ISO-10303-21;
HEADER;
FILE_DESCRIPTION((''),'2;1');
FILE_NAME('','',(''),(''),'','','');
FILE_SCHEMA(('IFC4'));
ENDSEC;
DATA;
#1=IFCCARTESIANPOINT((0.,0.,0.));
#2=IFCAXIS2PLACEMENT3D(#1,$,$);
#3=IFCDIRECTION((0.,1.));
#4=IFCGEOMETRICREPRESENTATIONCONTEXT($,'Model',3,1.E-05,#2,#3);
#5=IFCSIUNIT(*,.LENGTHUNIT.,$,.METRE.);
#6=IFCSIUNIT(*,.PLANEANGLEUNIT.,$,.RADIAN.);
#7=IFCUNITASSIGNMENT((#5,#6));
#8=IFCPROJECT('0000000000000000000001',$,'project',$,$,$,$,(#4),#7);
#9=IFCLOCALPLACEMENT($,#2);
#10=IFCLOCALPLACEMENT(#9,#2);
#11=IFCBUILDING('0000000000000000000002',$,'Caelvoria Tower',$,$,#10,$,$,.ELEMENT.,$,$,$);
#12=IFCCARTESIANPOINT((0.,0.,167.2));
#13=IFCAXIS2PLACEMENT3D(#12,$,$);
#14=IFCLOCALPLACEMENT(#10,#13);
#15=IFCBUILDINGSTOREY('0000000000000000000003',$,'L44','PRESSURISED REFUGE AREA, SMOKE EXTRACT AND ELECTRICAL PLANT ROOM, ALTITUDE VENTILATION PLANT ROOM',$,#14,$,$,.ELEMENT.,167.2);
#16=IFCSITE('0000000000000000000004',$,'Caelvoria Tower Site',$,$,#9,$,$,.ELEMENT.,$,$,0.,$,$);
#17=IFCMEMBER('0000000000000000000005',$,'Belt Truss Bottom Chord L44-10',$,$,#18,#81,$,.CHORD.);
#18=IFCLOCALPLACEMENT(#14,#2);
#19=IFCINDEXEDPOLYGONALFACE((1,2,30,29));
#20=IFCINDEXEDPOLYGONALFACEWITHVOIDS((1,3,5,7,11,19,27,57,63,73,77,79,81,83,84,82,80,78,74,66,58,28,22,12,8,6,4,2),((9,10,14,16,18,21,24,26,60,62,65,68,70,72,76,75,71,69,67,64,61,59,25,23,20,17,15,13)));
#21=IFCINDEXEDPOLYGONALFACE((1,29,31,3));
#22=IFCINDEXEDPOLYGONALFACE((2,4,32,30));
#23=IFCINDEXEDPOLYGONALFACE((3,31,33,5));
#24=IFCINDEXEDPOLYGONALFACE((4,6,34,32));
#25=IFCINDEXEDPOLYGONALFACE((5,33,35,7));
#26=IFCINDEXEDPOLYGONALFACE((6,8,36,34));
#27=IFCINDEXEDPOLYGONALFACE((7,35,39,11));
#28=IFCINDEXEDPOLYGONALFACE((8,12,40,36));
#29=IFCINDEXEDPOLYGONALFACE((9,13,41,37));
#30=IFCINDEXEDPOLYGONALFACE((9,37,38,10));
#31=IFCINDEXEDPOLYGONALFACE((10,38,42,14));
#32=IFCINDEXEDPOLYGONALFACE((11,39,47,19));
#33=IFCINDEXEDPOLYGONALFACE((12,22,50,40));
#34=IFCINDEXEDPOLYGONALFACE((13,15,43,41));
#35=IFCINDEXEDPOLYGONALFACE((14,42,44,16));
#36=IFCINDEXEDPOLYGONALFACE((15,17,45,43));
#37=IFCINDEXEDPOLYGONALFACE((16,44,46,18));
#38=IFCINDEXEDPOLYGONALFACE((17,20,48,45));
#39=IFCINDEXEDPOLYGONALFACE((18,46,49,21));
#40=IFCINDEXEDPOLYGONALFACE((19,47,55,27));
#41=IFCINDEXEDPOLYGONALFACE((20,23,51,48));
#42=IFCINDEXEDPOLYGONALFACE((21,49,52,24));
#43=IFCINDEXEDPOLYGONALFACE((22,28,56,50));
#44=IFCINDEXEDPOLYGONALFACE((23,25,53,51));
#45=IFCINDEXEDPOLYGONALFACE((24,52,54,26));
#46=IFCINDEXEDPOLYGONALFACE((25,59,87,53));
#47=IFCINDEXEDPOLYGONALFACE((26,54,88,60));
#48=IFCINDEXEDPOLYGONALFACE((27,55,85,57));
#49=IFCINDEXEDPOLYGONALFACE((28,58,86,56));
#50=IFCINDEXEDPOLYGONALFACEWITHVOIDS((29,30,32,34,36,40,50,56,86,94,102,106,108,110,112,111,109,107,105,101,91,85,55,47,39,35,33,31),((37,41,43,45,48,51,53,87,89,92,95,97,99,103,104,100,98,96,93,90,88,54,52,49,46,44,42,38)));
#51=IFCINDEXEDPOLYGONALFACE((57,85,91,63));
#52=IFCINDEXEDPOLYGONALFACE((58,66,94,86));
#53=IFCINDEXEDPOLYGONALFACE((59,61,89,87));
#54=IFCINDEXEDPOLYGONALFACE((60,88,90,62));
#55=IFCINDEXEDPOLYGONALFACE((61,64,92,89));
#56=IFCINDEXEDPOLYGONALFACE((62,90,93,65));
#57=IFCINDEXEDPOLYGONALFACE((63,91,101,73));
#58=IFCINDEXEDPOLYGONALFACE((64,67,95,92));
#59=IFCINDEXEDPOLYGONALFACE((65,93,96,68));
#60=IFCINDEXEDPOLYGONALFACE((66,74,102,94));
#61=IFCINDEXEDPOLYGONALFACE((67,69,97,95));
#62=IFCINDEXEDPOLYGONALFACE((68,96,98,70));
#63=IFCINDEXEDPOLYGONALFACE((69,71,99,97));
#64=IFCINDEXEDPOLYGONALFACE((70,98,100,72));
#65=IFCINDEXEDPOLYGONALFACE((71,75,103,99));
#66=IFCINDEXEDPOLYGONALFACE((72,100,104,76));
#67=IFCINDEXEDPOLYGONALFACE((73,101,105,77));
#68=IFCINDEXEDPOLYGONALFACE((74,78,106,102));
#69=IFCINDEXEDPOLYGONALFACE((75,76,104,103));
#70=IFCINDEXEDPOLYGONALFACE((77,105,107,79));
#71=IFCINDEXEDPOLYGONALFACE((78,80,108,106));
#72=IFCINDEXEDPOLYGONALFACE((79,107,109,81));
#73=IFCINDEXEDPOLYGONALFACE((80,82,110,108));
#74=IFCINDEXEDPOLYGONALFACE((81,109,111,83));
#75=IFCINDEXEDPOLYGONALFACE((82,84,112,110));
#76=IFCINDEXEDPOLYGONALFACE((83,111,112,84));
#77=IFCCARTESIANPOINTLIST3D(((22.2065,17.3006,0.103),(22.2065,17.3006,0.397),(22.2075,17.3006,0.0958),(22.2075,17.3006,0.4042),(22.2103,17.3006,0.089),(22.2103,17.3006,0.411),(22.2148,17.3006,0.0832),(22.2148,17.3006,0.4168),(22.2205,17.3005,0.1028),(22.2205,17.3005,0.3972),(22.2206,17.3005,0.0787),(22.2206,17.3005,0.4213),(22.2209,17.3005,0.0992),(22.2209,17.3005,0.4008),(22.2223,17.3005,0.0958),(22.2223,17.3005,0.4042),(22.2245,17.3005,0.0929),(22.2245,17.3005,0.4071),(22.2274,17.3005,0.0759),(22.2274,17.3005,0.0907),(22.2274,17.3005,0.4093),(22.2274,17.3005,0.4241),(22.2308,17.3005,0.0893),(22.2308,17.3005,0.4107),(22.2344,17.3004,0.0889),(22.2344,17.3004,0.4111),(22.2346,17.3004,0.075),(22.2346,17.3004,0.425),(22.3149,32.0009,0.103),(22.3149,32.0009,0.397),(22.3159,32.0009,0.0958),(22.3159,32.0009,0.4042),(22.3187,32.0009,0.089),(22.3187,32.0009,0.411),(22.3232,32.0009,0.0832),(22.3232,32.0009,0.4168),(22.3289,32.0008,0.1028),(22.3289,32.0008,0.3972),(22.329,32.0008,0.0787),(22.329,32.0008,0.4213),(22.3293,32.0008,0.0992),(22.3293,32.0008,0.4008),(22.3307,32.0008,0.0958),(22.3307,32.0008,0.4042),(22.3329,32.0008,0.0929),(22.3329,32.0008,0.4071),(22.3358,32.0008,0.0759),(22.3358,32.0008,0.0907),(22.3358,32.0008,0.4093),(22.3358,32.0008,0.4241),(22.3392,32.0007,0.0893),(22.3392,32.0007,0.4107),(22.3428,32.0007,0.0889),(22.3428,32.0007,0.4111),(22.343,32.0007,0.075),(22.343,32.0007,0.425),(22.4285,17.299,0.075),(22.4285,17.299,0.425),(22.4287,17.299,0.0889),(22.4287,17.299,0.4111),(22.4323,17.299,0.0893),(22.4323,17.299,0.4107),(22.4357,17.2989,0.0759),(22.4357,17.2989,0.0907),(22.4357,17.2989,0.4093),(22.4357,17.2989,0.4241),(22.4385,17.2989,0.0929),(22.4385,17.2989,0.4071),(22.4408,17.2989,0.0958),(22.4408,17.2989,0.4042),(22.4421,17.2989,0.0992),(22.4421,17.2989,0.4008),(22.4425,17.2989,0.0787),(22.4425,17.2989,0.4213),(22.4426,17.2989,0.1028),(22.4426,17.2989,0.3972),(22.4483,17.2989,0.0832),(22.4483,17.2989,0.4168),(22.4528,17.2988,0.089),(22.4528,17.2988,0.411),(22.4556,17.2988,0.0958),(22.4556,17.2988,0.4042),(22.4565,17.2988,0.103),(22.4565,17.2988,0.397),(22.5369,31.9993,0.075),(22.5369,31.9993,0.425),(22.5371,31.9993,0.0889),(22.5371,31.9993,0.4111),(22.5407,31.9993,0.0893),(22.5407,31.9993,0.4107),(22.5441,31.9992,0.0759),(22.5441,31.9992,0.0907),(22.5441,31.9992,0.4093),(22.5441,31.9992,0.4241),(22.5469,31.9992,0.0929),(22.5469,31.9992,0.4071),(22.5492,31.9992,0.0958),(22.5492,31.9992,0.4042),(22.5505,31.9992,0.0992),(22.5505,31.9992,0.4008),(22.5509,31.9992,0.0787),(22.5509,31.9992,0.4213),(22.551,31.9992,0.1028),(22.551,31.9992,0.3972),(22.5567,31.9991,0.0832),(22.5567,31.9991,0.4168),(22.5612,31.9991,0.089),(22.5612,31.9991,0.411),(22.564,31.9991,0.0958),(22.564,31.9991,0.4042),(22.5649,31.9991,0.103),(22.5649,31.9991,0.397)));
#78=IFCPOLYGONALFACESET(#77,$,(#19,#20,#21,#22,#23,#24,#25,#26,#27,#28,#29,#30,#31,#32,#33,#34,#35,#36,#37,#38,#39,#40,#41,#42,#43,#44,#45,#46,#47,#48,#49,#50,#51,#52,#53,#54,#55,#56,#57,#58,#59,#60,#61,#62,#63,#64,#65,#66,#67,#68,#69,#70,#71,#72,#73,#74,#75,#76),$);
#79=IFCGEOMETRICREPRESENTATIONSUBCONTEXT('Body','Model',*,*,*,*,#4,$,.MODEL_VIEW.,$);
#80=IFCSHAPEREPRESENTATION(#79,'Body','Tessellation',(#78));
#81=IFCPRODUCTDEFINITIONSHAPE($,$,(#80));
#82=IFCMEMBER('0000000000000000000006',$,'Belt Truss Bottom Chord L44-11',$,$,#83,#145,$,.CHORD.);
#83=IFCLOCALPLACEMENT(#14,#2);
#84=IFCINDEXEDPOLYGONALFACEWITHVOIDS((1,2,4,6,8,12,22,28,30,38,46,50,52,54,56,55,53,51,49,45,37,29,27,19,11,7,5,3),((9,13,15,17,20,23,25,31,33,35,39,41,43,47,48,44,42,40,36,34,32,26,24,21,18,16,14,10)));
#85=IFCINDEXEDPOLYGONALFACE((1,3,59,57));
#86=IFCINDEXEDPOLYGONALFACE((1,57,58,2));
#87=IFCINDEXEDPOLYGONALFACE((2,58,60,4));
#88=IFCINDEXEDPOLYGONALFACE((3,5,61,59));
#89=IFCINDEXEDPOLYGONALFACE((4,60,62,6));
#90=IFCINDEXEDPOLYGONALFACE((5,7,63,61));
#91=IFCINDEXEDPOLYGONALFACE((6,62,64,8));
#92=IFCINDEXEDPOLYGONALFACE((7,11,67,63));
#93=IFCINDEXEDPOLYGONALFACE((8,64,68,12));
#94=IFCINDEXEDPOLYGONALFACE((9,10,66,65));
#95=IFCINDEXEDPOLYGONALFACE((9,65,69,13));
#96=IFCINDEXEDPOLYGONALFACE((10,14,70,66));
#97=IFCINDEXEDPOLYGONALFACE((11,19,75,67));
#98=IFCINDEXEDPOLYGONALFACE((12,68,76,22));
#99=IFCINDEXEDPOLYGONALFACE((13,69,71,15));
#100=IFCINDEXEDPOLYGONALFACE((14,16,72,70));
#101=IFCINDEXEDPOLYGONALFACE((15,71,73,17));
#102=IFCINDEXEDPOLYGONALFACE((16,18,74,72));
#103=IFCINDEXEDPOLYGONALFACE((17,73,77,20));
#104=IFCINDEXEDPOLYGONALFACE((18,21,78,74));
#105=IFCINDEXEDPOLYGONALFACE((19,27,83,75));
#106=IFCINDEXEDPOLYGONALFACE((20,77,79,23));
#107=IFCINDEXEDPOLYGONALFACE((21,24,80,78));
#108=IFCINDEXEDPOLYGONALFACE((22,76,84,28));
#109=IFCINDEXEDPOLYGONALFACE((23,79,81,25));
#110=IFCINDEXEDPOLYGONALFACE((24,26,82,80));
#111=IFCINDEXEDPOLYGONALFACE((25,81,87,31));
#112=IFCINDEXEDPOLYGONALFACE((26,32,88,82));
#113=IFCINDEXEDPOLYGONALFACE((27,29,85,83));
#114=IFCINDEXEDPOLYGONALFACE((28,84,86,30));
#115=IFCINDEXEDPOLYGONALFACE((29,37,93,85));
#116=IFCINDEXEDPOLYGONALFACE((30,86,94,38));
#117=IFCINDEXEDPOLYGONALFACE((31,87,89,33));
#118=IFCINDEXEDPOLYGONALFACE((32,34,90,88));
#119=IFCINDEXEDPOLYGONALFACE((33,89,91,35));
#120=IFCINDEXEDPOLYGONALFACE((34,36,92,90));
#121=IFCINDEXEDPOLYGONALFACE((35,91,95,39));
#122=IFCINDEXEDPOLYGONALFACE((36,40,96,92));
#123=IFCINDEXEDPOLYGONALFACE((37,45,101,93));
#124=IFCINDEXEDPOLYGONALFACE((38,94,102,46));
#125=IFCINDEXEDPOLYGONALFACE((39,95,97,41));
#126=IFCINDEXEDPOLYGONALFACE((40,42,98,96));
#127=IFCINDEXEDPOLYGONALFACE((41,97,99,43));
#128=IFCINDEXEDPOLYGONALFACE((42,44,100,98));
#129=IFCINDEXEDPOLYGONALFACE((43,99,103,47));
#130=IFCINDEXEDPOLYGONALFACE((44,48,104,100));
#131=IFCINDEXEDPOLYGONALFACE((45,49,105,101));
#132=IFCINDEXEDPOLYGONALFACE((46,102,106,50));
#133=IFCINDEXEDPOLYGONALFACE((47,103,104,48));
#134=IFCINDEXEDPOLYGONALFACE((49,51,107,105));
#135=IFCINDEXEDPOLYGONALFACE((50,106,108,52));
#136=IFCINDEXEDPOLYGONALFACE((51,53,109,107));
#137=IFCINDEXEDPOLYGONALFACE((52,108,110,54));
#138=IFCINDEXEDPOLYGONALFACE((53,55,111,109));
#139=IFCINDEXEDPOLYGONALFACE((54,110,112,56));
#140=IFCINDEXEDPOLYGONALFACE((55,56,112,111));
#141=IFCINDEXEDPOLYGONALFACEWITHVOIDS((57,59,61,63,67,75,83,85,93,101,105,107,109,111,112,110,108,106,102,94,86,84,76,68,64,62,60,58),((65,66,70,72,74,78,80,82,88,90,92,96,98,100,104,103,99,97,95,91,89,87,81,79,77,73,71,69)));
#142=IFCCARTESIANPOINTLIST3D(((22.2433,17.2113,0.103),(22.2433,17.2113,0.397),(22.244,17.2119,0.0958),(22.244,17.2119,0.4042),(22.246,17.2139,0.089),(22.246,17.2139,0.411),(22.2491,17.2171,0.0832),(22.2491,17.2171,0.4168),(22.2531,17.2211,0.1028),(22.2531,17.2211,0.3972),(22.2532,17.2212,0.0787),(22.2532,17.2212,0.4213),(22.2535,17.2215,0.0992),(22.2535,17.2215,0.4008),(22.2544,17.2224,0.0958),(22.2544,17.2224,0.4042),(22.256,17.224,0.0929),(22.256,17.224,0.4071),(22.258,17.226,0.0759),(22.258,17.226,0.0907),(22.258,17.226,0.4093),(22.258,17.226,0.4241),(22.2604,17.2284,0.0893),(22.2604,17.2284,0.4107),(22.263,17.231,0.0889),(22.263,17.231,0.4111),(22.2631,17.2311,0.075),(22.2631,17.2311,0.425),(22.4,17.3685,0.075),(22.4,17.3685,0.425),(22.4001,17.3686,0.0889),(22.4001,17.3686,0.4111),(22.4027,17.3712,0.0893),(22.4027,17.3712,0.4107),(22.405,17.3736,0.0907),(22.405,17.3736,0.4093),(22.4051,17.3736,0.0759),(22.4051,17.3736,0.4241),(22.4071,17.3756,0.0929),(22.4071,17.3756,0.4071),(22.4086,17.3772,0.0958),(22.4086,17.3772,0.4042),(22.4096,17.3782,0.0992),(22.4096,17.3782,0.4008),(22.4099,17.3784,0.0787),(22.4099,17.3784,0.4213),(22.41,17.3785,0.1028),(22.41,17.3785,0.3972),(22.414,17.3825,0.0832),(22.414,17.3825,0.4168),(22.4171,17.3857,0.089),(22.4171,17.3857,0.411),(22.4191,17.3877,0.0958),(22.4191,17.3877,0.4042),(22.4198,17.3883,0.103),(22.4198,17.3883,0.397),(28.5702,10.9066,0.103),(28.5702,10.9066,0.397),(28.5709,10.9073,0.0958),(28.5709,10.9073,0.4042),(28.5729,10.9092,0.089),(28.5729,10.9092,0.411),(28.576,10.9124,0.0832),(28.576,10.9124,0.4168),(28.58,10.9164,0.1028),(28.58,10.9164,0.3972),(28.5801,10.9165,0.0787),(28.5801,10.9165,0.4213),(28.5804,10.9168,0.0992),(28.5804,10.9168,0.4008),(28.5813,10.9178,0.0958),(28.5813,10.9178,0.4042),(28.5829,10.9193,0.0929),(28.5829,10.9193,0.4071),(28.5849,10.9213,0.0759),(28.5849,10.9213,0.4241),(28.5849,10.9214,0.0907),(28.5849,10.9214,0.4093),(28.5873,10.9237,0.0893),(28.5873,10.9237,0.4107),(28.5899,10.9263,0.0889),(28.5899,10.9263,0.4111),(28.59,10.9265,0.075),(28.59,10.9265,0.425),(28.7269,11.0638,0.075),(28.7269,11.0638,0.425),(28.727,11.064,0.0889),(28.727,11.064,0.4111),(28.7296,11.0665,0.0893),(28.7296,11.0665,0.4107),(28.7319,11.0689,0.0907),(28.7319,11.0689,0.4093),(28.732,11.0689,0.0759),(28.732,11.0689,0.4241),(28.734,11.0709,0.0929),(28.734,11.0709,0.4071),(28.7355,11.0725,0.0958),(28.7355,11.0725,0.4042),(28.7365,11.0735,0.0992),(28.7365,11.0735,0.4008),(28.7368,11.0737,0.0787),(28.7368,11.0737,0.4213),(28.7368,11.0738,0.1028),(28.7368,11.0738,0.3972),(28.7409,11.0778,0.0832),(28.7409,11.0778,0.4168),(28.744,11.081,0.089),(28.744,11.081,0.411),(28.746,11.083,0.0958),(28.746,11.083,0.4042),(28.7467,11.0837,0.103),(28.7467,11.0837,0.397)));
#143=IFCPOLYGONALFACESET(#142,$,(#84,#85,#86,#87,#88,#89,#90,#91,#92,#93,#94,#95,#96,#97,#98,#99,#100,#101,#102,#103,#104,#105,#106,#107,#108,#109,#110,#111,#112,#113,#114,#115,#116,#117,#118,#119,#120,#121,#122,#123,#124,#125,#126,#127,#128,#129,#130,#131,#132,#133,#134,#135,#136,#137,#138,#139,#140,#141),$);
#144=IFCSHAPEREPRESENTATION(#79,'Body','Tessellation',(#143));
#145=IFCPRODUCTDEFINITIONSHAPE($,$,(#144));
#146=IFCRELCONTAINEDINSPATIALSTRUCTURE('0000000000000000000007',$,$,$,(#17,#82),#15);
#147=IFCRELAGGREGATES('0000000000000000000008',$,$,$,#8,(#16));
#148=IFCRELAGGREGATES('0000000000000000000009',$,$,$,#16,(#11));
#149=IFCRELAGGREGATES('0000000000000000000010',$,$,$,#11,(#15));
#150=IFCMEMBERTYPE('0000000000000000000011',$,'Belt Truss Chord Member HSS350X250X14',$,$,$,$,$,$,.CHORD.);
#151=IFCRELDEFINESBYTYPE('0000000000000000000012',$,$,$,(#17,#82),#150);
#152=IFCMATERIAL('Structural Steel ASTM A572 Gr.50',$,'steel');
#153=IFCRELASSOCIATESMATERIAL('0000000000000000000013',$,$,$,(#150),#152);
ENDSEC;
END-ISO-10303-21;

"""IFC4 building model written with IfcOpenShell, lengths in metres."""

from ifc_helpers import new_model, si_unit, direction, frame, origin, origin_2d, place, context, subcontext, project, spatial, hollow_rectangle, extrude, material, material_profile, profile_set, type_object, element, save


model = new_model("IFC4")

# Units and contexts
model_context = context("Model", 3, precision=1e-05, world=origin(), true_north=direction((0.0, 1.0)))
body_context = subcontext(model_context, "Body", "Model", "MODEL_VIEW")
ifc_project = project(units=[si_unit("LENGTHUNIT", "METRE"), si_unit("PLANEANGLEUNIT", "RADIAN")], contexts=[model_context])

# Site, building, storey
site_placement = place(None, origin())
site = spatial("IfcSite", under=ifc_project, at=site_placement, Name="Caelvoria Tower Site", CompositionType="ELEMENT", RefElevation=0.0)
building_placement = place(site_placement, origin())
building = spatial("IfcBuilding", under=site, at=building_placement, Name="Caelvoria Tower", CompositionType="ELEMENT")
storey_placement = place(building_placement, frame((0.0, 0.0, 167.2)))
storey = spatial("IfcBuildingStorey", under=building, at=storey_placement, Name="L44", Description="PRESSURISED REFUGE AREA, SMOKE EXTRACT AND ELECTRICAL PLANT ROOM, ALTITUDE VENTILATION PLANT ROOM", CompositionType="ELEMENT", Elevation=167.2)

# Shared definitions
ifc_material_1 = material(Name="Structural Steel ASTM A572 Gr.50", Category="steel")

# Members
ifc_material_profile_1 = material_profile(ifc_material_1, hollow_rectangle(XDim=0.25, YDim=0.3501, WallThickness=0.0139, InnerFilletRadius=0.0139, OuterFilletRadius=0.0281, at=origin_2d()), Name="Structural Steel ASTM A572 Gr.50")
ifc_profile_set_1 = profile_set([ifc_material_profile_1], Name="HSS350X250X14 - Structural Steel ASTM A572 Gr.50")
member_type_1 = type_object("IfcMemberType", Name="Belt Truss Chord Member HSS350X250X14", PredefinedType="CHORD", material=ifc_profile_set_1)
member_1_placement = place(storey_placement, frame((22.4399, 32.0, 0.25), z_axis=(-0.007374, -0.999973, 0.0), x_axis=(0.999973, -0.007374, 0.0)))
element("IfcMember", 1, at=member_1_placement, inside=storey, type_object=member_type_1, Name="Belt Truss Bottom Chord L44-10", PredefinedType="CHORD", context=body_context, shape_type="SweptSolid", body=[
    extrude(hollow_rectangle(XDim=0.25, YDim=0.3501, WallThickness=0.0139, InnerFilletRadius=0.0139, OuterFilletRadius=0.0281, at=origin_2d()), origin(), (0.0, 0.0, 1.0), 14.7007),
])
member_2_placement = place(storey_placement, frame((22.3315, 17.2998, 0.25), z_axis=(0.708349, -0.705862, 0.0), x_axis=(0.705862, 0.708349, 0.0)))
element("IfcMember", 2, at=member_2_placement, inside=storey, type_object=member_type_1, Name="Belt Truss Bottom Chord L44-11", PredefinedType="CHORD", context=body_context, shape_type="SweptSolid", body=[
    extrude(hollow_rectangle(XDim=0.25, YDim=0.3501, WallThickness=0.0139, InnerFilletRadius=0.0139, OuterFilletRadius=0.0281, at=origin_2d()), origin(), (0.0, 0.0, 1.0), 8.9319),
])

save(model, "model.ifc")
